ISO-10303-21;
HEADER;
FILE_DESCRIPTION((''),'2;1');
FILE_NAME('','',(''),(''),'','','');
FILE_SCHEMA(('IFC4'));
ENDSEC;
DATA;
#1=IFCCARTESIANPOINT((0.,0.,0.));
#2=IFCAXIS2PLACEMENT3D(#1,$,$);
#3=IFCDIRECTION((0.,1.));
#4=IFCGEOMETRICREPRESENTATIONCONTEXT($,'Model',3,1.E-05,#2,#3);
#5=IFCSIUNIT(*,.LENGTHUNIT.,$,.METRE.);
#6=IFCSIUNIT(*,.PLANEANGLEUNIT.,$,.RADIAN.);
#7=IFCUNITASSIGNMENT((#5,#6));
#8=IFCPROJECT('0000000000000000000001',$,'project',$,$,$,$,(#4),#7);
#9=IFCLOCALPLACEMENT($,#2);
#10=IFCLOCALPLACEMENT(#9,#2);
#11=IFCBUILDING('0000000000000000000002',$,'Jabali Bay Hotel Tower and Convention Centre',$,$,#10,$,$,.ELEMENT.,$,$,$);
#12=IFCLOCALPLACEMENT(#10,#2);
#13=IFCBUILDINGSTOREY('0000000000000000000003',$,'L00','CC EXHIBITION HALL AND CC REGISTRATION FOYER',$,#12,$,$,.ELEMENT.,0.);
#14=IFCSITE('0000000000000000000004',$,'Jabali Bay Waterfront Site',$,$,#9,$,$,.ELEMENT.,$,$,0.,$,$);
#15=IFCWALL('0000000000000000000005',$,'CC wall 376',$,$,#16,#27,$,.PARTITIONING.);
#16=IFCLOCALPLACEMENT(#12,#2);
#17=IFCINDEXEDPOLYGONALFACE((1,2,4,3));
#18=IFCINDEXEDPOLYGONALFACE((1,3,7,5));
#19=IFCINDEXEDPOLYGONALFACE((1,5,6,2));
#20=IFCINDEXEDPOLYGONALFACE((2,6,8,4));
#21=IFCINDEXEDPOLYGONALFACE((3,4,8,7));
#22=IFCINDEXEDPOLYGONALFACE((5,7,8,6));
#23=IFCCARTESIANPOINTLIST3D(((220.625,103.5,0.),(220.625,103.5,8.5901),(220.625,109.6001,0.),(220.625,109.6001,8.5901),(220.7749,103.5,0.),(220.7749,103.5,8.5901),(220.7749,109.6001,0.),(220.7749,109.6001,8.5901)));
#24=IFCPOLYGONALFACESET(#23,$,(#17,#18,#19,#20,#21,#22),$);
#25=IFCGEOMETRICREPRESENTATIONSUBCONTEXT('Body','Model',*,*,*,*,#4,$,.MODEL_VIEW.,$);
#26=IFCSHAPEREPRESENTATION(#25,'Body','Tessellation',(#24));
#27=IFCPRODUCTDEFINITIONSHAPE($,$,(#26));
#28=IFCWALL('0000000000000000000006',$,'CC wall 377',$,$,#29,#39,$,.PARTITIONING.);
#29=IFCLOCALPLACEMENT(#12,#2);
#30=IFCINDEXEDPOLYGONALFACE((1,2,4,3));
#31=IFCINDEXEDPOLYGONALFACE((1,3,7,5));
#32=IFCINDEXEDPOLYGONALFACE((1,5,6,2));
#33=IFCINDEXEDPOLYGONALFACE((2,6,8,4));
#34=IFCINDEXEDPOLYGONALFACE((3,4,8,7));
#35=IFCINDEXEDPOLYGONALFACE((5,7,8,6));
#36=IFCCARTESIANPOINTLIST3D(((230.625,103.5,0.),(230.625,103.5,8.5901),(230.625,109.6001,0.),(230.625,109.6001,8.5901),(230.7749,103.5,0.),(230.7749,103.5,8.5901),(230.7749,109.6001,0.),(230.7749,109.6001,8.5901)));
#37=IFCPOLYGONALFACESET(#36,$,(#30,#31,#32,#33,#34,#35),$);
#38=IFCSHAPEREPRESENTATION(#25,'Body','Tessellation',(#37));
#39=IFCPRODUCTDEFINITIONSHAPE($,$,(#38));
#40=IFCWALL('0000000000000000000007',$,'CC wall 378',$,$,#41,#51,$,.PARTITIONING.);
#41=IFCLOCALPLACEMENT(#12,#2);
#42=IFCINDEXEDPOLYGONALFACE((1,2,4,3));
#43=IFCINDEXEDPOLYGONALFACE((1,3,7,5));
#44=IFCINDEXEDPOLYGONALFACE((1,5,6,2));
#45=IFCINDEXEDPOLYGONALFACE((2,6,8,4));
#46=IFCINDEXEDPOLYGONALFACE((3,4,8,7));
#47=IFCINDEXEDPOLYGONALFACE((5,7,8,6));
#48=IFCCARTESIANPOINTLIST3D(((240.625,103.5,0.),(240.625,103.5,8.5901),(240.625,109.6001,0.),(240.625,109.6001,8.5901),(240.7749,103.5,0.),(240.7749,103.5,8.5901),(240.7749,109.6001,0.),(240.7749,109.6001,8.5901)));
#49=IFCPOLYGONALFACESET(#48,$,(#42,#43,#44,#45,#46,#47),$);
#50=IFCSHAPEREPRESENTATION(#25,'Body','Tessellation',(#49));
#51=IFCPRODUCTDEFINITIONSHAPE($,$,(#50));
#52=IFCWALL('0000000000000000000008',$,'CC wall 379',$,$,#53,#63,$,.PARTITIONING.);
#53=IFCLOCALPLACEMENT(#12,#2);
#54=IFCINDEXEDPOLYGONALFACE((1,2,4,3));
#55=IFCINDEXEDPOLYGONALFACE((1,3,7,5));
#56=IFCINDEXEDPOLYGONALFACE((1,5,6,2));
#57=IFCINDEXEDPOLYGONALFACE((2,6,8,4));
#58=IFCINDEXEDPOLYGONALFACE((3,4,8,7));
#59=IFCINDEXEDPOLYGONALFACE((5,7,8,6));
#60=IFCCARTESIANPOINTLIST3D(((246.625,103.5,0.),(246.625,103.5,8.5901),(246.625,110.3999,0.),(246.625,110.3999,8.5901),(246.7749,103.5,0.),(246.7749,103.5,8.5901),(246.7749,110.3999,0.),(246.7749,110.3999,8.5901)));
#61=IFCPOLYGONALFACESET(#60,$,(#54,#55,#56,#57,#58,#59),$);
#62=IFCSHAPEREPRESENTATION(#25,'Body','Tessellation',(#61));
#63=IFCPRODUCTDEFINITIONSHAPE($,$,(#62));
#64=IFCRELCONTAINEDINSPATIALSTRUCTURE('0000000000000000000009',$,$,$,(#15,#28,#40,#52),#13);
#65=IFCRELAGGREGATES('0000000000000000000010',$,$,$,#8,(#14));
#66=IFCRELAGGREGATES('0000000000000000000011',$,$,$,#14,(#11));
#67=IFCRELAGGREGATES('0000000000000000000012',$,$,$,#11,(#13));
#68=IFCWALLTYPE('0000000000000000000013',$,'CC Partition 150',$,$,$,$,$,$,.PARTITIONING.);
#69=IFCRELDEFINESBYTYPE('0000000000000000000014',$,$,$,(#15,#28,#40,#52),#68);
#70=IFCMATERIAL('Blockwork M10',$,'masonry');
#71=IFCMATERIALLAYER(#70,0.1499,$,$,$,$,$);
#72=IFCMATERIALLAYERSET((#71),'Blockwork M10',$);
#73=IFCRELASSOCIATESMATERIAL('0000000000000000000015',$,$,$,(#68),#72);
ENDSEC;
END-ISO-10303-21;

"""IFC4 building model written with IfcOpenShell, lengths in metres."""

from ifc_helpers import new_model, si_unit, direction, frame, frame_2d, origin, place, context, subcontext, project, spatial, rectangle, extrude, material, layer, layer_set, type_object, element, save


model = new_model("IFC4")

# Units and contexts
model_context = context("Model", 3, precision=1e-05, world=origin(), true_north=direction((0.0, 1.0)))
body_context = subcontext(model_context, "Body", "Model", "MODEL_VIEW")
ifc_project = project(units=[si_unit("LENGTHUNIT", "METRE"), si_unit("PLANEANGLEUNIT", "RADIAN")], contexts=[model_context])

# Site, building, storey
site_placement = place(None, origin())
site = spatial("IfcSite", under=ifc_project, at=site_placement, Name="Jabali Bay Waterfront Site", CompositionType="ELEMENT", RefElevation=0.0)
building_placement = place(site_placement, origin())
building = spatial("IfcBuilding", under=site, at=building_placement, Name="Jabali Bay Hotel Tower and Convention Centre", CompositionType="ELEMENT")
storey_placement = place(building_placement, origin())
storey = spatial("IfcBuildingStorey", under=building, at=storey_placement, Name="L00", Description="CC EXHIBITION HALL AND CC REGISTRATION FOYER", CompositionType="ELEMENT", Elevation=0.0)

# Shared definitions
ifc_material_1 = material(Name="Blockwork M10", Category="masonry")
ifc_layer_1 = layer(ifc_material_1, 0.1499)
ifc_layer_set_1 = layer_set([ifc_layer_1], Name="Blockwork M10")
wall_type_1 = type_object("IfcWallType", Name="CC Partition 150", PredefinedType="PARTITIONING", material=ifc_layer_set_1)

# Walls
for number, where, z_axis, x_axis, name in (
    (1, (220.7, 103.5, 0.0), (0.0, 0.0, 1.0), (0.0, 1.0, 0.0), "CC wall 376"),
    (2, (230.7, 103.5, 0.0), (0.0, 0.0, 1.0), (0.0, 1.0, 0.0), "CC wall 377"),
    (3, (240.7, 103.5, 0.0), (0.0, 0.0, 1.0), (0.0, 1.0, 0.0), "CC wall 378"),
):
    element("IfcWall", number, at=place(storey_placement, frame(where, z_axis=z_axis, x_axis=x_axis)), inside=storey, type_object=wall_type_1, Name=name, PredefinedType="PARTITIONING", context=body_context, shape_type="SweptSolid", body=[
        extrude(rectangle(XDim=6.1001, YDim=0.1499, at=frame_2d((3.05, 0.0))), origin(), (0.0, 0.0, 1.0), 8.5901),
    ])
wall_1_placement = place(storey_placement, frame((246.7, 103.5, 0.0), z_axis=(0.0, 0.0, 1.0), x_axis=(0.0, 1.0, 0.0)))
element("IfcWall", 4, at=wall_1_placement, inside=storey, type_object=wall_type_1, Name="CC wall 379", PredefinedType="PARTITIONING", context=body_context, shape_type="SweptSolid", body=[
    extrude(rectangle(XDim=6.8999, YDim=0.1499, at=frame_2d((3.45, 0.0))), origin(), (0.0, 0.0, 1.0), 8.5901),
])

save(model, "model.ifc")
